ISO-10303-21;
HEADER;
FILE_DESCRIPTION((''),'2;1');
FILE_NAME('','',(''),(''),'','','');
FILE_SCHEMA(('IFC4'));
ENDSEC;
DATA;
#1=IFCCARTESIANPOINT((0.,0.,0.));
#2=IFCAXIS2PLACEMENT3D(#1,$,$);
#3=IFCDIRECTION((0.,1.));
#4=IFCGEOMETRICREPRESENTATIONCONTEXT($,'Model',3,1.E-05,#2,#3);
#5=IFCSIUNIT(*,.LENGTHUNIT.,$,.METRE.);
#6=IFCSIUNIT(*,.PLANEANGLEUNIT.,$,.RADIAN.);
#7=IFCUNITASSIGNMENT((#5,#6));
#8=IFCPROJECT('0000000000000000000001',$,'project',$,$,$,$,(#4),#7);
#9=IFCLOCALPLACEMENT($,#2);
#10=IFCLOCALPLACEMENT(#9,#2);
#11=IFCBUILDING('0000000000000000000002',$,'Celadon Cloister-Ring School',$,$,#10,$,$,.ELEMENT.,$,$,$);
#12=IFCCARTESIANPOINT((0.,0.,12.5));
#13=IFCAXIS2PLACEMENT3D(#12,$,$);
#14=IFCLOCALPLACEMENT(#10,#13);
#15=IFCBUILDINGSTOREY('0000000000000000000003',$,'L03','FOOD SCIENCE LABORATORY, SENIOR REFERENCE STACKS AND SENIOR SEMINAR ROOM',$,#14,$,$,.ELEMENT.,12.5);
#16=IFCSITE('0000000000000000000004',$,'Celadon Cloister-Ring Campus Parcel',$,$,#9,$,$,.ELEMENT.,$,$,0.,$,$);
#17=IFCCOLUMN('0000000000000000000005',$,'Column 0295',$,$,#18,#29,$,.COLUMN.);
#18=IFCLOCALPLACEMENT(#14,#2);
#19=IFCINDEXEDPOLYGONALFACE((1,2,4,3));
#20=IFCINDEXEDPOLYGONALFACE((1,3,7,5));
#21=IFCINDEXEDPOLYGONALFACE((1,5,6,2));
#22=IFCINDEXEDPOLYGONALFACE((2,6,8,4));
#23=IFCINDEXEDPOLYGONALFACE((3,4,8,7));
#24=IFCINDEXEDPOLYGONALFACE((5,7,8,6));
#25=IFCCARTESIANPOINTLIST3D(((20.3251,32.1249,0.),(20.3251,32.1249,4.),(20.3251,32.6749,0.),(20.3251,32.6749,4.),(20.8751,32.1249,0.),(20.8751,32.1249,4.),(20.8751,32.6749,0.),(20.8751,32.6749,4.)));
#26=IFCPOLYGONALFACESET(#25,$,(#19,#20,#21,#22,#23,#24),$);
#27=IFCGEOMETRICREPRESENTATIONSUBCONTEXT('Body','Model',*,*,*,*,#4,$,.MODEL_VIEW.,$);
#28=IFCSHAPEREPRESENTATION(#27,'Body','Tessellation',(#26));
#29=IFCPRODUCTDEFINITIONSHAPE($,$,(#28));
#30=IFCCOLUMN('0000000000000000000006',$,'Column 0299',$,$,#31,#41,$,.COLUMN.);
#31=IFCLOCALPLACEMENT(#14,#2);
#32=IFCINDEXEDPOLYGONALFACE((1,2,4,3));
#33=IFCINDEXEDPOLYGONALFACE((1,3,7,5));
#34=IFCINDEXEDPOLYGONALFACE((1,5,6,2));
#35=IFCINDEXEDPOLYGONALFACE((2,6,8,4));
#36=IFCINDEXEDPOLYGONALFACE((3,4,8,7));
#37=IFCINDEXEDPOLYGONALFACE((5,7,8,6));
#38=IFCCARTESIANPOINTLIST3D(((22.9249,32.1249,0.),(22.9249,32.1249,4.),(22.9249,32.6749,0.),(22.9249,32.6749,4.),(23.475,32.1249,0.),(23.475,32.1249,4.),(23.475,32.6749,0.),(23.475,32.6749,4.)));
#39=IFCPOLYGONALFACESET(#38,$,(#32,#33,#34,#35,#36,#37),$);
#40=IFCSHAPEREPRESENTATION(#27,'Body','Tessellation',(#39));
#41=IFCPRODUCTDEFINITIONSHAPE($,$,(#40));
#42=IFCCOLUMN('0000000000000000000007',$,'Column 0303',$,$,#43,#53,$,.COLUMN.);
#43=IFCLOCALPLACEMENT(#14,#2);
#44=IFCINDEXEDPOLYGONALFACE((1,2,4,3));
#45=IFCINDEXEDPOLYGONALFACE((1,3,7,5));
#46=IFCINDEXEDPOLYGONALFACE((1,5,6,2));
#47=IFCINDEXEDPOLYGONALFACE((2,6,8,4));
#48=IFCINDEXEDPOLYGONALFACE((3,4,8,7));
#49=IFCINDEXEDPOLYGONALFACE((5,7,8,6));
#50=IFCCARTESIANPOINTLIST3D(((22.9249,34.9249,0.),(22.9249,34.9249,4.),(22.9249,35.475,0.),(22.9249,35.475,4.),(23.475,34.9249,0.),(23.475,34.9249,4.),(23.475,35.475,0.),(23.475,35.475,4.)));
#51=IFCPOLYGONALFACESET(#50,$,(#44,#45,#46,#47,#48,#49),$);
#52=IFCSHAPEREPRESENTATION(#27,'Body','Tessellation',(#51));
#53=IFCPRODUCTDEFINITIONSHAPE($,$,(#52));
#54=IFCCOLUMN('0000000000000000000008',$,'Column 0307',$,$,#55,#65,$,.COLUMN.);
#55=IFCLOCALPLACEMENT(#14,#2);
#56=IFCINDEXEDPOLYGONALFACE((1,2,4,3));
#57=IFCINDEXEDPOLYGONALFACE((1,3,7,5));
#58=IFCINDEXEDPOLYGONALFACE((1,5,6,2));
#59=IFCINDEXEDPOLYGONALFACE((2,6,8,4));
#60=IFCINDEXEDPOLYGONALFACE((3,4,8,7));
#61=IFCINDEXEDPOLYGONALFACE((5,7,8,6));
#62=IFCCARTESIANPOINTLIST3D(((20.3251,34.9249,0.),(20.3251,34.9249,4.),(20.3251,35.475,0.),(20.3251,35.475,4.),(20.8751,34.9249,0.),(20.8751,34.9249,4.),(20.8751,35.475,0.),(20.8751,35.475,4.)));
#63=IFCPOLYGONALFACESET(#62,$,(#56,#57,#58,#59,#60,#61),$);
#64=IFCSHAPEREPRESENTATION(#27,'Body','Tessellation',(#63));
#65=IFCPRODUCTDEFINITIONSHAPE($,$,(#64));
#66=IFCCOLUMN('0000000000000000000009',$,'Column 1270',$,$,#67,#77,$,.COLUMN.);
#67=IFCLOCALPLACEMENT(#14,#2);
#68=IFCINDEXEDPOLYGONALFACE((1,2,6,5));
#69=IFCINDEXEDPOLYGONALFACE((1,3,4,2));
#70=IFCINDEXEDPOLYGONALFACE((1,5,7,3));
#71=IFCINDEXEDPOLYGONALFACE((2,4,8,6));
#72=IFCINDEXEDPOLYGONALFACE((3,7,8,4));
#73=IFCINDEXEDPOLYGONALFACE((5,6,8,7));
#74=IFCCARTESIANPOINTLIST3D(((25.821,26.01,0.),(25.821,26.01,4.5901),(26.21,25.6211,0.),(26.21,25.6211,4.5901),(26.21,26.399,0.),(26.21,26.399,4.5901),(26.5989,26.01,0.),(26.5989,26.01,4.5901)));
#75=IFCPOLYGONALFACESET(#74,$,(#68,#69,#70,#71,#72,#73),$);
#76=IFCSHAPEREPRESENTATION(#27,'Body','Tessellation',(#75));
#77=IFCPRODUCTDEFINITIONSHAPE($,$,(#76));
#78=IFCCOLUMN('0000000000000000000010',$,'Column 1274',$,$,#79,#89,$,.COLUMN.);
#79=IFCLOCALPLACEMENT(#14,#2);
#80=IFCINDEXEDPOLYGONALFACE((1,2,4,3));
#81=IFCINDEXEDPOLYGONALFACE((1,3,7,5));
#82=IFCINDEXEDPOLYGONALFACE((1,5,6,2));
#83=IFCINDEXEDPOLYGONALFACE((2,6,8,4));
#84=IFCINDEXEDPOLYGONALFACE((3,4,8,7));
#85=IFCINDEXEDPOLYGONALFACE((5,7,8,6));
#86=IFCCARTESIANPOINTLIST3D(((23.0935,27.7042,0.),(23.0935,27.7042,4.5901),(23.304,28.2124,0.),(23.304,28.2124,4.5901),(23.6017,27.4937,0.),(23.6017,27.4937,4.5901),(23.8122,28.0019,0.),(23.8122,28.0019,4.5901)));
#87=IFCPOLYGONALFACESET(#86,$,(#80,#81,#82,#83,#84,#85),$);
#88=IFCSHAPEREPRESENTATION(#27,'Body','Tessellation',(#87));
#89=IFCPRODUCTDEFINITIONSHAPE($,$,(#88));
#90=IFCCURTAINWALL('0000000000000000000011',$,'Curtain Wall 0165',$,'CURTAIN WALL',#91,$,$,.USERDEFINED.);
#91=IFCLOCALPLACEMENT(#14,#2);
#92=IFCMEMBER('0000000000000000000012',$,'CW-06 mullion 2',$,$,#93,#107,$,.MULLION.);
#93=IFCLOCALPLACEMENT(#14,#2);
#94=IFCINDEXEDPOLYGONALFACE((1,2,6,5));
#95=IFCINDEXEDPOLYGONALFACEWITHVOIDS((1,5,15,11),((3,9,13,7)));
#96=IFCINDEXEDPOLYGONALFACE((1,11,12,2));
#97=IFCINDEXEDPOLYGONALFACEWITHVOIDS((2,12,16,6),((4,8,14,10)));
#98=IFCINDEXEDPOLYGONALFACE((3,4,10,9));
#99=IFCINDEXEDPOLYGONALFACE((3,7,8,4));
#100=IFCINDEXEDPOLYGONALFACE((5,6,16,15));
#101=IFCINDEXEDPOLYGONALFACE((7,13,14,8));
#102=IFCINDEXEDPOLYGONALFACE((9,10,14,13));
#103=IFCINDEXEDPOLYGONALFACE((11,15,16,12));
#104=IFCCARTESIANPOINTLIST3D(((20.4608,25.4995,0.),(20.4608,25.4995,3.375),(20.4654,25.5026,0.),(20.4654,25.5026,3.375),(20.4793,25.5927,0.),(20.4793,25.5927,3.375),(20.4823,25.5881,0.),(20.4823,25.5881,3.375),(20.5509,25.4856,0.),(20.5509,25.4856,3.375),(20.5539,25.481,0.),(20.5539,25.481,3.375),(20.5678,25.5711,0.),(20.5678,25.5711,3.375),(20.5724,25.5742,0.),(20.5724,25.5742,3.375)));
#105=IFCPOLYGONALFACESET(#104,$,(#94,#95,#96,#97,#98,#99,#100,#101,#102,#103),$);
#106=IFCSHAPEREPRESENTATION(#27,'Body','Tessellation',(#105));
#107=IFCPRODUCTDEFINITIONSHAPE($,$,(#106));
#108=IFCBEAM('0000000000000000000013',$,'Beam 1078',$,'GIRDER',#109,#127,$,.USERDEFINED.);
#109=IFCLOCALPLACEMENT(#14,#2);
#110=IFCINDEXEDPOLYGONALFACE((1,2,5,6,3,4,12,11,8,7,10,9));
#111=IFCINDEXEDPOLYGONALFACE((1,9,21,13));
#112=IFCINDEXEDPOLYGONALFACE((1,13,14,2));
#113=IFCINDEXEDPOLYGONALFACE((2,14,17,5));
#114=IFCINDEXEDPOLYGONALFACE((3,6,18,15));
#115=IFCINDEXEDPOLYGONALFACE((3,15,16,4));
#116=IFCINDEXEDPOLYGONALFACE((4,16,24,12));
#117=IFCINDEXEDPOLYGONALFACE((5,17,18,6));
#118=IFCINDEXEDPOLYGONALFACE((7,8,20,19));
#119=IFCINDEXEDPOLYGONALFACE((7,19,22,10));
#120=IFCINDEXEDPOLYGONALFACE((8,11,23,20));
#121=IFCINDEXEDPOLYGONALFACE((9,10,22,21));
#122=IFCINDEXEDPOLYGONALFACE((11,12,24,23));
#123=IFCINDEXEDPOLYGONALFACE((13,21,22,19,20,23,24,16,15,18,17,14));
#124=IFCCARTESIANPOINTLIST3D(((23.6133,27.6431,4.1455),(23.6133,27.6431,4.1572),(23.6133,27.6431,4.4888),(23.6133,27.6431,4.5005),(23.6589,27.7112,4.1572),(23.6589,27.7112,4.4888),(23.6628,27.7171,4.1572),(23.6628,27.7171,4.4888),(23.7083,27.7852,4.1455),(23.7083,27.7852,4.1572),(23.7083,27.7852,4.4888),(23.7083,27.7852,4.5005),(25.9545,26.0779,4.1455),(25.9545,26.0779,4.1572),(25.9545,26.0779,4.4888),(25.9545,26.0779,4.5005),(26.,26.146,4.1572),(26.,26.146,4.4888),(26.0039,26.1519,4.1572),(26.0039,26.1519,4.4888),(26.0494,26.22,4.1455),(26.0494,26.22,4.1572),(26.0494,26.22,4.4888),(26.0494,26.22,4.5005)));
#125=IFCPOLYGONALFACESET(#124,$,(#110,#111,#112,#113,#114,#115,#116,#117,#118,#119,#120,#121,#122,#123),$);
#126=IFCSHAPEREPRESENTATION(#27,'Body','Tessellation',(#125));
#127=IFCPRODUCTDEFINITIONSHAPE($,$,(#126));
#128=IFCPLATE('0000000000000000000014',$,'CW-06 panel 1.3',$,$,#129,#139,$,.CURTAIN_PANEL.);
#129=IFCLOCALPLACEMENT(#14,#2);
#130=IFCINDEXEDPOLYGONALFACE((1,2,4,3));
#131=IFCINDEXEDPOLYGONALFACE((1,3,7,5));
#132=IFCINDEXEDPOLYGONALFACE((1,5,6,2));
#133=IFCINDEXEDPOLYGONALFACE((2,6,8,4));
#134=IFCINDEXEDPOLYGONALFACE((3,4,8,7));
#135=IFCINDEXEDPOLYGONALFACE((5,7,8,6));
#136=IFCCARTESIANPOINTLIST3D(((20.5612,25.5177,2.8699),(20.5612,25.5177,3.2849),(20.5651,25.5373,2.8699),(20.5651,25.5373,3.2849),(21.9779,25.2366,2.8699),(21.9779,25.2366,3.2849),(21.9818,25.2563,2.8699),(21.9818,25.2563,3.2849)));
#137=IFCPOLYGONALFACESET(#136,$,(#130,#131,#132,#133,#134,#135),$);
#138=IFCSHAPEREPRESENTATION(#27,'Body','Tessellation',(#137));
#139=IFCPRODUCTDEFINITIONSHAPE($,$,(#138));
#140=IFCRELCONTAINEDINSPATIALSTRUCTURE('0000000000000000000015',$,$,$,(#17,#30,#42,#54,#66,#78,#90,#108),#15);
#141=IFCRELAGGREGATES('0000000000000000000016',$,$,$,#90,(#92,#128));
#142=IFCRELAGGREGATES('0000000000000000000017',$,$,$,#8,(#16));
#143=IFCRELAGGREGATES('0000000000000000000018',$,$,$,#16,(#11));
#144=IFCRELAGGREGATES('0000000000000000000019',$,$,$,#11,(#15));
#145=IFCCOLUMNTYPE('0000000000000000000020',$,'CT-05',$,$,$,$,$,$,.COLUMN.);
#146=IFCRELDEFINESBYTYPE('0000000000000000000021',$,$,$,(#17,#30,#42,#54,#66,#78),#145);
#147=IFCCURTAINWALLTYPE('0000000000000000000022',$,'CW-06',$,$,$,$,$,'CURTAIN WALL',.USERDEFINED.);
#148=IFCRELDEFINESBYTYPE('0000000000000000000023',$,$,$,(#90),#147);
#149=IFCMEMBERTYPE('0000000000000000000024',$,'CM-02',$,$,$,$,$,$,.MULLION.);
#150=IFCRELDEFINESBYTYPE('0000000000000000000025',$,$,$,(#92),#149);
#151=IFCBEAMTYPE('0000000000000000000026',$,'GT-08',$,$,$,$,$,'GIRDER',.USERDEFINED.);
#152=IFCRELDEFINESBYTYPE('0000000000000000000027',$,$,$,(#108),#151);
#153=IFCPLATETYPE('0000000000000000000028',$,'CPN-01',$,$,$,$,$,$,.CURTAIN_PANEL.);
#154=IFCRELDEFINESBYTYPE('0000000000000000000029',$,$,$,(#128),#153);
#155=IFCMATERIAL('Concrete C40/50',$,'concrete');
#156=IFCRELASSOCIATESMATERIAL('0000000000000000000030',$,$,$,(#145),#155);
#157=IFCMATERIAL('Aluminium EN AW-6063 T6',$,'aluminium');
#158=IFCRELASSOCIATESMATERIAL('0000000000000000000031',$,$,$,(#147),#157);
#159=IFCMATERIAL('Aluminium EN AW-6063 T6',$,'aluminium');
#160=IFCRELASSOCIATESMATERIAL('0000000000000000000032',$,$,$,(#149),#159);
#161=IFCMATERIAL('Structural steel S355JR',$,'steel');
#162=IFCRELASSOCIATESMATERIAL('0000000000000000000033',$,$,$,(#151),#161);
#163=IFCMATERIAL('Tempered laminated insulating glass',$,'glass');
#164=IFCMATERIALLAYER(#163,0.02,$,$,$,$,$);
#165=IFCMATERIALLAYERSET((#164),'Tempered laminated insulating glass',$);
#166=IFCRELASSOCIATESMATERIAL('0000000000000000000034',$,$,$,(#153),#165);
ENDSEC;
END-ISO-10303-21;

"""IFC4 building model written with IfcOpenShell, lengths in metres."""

from ifc_helpers import new_model, si_unit, direction, frame, origin, origin_2d, place, context, subcontext, project, spatial, rectangle, hollow_rectangle, i_section, extrude, material, layer, layer_set, material_profile, profile_set, type_object, element, aggregate, save


model = new_model("IFC4")

# Units and contexts
model_context = context("Model", 3, precision=1e-05, world=origin(), true_north=direction((0.0, 1.0)))
body_context = subcontext(model_context, "Body", "Model", "MODEL_VIEW")
ifc_project = project(units=[si_unit("LENGTHUNIT", "METRE"), si_unit("PLANEANGLEUNIT", "RADIAN")], contexts=[model_context])

# Site, building, storey
site_placement = place(None, origin())
site = spatial("IfcSite", under=ifc_project, at=site_placement, Name="Celadon Cloister-Ring Campus Parcel", CompositionType="ELEMENT", RefElevation=0.0)
building_placement = place(site_placement, origin())
building = spatial("IfcBuilding", under=site, at=building_placement, Name="Celadon Cloister-Ring School", CompositionType="ELEMENT")
storey_placement = place(building_placement, frame((0.0, 0.0, 12.5)))
storey = spatial("IfcBuildingStorey", under=building, at=storey_placement, Name="L03", Description="FOOD SCIENCE LABORATORY, SENIOR REFERENCE STACKS AND SENIOR SEMINAR ROOM", CompositionType="ELEMENT", Elevation=12.5)

# Columns
ifc_material_1 = material(Name="Concrete C40/50", Category="concrete")
ifc_material_profile_1 = material_profile(ifc_material_1, rectangle(XDim=0.55, YDim=0.55, at=origin_2d()), Name="RC550X550")
ifc_profile_set_1 = profile_set([ifc_material_profile_1], Name="Concrete C40/50")
column_type = type_object("IfcColumnType", Name="CT-05", PredefinedType="COLUMN", material=ifc_profile_set_1)
for number, where, z_axis, x_axis, name in (
    (1, (20.6001, 32.3999, 0.0), (0.0, 0.0, 1.0), (1.0, 0.0, 0.0), "Column 0295"),
    (2, (23.2, 32.3999, 0.0), (0.0, 0.0, 1.0), (1.0, 0.0, 0.0), "Column 0299"),
    (3, (23.2, 35.2, 0.0), (0.0, 0.0, 1.0), (1.0, 0.0, 0.0), "Column 0303"),
    (4, (20.6001, 35.2, 0.0), (0.0, 0.0, 1.0), (1.0, 0.0, 0.0), "Column 0307"),
):
    element("IfcColumn", number, at=place(storey_placement, frame(where, z_axis=z_axis, x_axis=x_axis)), inside=storey, type_object=column_type, Name=name, PredefinedType="COLUMN", context=body_context, shape_type="SweptSolid", body=[
        extrude(rectangle(XDim=0.55, YDim=0.55, at=origin_2d()), origin(), (0.0, 0.0, 1.0), 4.0),
    ])
for number, where, z_axis, x_axis, name in (
    (5, (26.21, 26.01, 0.0), (0.0, 0.0, 1.0), (0.707107, 0.707107, 0.0), "Column 1270"),
    (6, (23.4529, 27.853, 0.0), (0.0, 0.0, 1.0), (0.382683, 0.92388, 0.0), "Column 1274"),
):
    element("IfcColumn", number, at=place(storey_placement, frame(where, z_axis=z_axis, x_axis=x_axis)), inside=storey, type_object=column_type, Name=name, PredefinedType="COLUMN", context=body_context, shape_type="SweptSolid", body=[
        extrude(rectangle(XDim=0.55, YDim=0.55, at=origin_2d()), origin(), (0.0, 0.0, 1.0), 4.5901),
    ])

# Curtain wall, member
ifc_material_2 = material(Name="Aluminium EN AW-6063 T6", Category="aluminium")
curtain_wall_type = type_object("IfcCurtainWallType", Name="CW-06", ElementType="CURTAIN WALL", PredefinedType="USERDEFINED", material=ifc_material_2)
curtain_wall_placement = place(storey_placement, origin())
curtain_wall = element("IfcCurtainWall", 7, at=curtain_wall_placement, inside=storey, type_object=curtain_wall_type, Name="Curtain Wall 0165", ObjectType="CURTAIN WALL", PredefinedType="USERDEFINED")
ifc_material_3 = material(Name="Aluminium EN AW-6063 T6", Category="aluminium")
ifc_material_profile_2 = material_profile(ifc_material_3, hollow_rectangle(XDim=0.095, YDim=0.095, WallThickness=0.0039, at=origin_2d()), Name="RHS95X95X4")
ifc_profile_set_2 = profile_set([ifc_material_profile_2], Name="Aluminium EN AW-6063 T6")
member_type = type_object("IfcMemberType", Name="CM-02", PredefinedType="MULLION", material=ifc_profile_set_2)
member_placement = place(storey_placement, frame((20.5166, 25.5369, 0.0), z_axis=(0.0, 0.0, 1.0), x_axis=(-0.194586, -0.980885, 0.0)))
member = element("IfcMember", 8, at=member_placement, type_object=member_type, Name="CW-06 mullion 2", PredefinedType="MULLION", context=body_context, shape_type="SweptSolid", body=[
    extrude(hollow_rectangle(XDim=0.095, YDim=0.095, WallThickness=0.0039, at=origin_2d()), origin(), (0.0, 0.0, 1.0), 3.375),
])

# Beam
ifc_material_4 = material(Name="Structural steel S355JR", Category="steel")
ifc_material_profile_3 = material_profile(ifc_material_4, i_section(OverallWidth=0.1709, OverallDepth=0.355, WebThickness=0.0071, FlangeThickness=0.0117, at=origin_2d()), Name="W360X51")
ifc_profile_set_3 = profile_set([ifc_material_profile_3], Name="Structural steel S355JR")
beam_type = type_object("IfcBeamType", Name="GT-08", ElementType="GIRDER", PredefinedType="USERDEFINED", material=ifc_profile_set_3)
beam_placement = place(storey_placement, frame((26.002, 26.1489, 4.323), z_axis=(-0.831316, 0.5558, 0.0), x_axis=(-0.5558, -0.831316, 0.0)))
element("IfcBeam", 9, at=beam_placement, inside=storey, type_object=beam_type, Name="Beam 1078", ObjectType="GIRDER", PredefinedType="USERDEFINED", context=body_context, shape_type="SweptSolid", body=[
    extrude(i_section(OverallWidth=0.1709, OverallDepth=0.355, WebThickness=0.0071, FlangeThickness=0.0117, at=origin_2d()), origin(), (0.0, 0.0, 1.0), 2.8162),
])

# Plate
ifc_material_5 = material(Name="Tempered laminated insulating glass", Category="glass")
ifc_layer_1 = layer(ifc_material_5, 0.02)
ifc_layer_set_1 = layer_set([ifc_layer_1], Name="Tempered laminated insulating glass")
plate_type = type_object("IfcPlateType", Name="CPN-01", PredefinedType="CURTAIN_PANEL", material=ifc_layer_set_1)
plate_placement = place(storey_placement, frame((21.2715, 25.387, 2.8699), z_axis=(0.0, 0.0, 1.0), x_axis=(-0.980885, 0.194586, 0.0)))
plate = element("IfcPlate", 10, at=plate_placement, type_object=plate_type, Name="CW-06 panel 1.3", PredefinedType="CURTAIN_PANEL", context=body_context, shape_type="SweptSolid", body=[
    extrude(rectangle(XDim=1.4443, YDim=0.02, at=origin_2d()), origin(), (0.0, 0.0, 1.0), 0.415),
])
aggregate(curtain_wall, [member, plate])

save(model, "model.ifc")
